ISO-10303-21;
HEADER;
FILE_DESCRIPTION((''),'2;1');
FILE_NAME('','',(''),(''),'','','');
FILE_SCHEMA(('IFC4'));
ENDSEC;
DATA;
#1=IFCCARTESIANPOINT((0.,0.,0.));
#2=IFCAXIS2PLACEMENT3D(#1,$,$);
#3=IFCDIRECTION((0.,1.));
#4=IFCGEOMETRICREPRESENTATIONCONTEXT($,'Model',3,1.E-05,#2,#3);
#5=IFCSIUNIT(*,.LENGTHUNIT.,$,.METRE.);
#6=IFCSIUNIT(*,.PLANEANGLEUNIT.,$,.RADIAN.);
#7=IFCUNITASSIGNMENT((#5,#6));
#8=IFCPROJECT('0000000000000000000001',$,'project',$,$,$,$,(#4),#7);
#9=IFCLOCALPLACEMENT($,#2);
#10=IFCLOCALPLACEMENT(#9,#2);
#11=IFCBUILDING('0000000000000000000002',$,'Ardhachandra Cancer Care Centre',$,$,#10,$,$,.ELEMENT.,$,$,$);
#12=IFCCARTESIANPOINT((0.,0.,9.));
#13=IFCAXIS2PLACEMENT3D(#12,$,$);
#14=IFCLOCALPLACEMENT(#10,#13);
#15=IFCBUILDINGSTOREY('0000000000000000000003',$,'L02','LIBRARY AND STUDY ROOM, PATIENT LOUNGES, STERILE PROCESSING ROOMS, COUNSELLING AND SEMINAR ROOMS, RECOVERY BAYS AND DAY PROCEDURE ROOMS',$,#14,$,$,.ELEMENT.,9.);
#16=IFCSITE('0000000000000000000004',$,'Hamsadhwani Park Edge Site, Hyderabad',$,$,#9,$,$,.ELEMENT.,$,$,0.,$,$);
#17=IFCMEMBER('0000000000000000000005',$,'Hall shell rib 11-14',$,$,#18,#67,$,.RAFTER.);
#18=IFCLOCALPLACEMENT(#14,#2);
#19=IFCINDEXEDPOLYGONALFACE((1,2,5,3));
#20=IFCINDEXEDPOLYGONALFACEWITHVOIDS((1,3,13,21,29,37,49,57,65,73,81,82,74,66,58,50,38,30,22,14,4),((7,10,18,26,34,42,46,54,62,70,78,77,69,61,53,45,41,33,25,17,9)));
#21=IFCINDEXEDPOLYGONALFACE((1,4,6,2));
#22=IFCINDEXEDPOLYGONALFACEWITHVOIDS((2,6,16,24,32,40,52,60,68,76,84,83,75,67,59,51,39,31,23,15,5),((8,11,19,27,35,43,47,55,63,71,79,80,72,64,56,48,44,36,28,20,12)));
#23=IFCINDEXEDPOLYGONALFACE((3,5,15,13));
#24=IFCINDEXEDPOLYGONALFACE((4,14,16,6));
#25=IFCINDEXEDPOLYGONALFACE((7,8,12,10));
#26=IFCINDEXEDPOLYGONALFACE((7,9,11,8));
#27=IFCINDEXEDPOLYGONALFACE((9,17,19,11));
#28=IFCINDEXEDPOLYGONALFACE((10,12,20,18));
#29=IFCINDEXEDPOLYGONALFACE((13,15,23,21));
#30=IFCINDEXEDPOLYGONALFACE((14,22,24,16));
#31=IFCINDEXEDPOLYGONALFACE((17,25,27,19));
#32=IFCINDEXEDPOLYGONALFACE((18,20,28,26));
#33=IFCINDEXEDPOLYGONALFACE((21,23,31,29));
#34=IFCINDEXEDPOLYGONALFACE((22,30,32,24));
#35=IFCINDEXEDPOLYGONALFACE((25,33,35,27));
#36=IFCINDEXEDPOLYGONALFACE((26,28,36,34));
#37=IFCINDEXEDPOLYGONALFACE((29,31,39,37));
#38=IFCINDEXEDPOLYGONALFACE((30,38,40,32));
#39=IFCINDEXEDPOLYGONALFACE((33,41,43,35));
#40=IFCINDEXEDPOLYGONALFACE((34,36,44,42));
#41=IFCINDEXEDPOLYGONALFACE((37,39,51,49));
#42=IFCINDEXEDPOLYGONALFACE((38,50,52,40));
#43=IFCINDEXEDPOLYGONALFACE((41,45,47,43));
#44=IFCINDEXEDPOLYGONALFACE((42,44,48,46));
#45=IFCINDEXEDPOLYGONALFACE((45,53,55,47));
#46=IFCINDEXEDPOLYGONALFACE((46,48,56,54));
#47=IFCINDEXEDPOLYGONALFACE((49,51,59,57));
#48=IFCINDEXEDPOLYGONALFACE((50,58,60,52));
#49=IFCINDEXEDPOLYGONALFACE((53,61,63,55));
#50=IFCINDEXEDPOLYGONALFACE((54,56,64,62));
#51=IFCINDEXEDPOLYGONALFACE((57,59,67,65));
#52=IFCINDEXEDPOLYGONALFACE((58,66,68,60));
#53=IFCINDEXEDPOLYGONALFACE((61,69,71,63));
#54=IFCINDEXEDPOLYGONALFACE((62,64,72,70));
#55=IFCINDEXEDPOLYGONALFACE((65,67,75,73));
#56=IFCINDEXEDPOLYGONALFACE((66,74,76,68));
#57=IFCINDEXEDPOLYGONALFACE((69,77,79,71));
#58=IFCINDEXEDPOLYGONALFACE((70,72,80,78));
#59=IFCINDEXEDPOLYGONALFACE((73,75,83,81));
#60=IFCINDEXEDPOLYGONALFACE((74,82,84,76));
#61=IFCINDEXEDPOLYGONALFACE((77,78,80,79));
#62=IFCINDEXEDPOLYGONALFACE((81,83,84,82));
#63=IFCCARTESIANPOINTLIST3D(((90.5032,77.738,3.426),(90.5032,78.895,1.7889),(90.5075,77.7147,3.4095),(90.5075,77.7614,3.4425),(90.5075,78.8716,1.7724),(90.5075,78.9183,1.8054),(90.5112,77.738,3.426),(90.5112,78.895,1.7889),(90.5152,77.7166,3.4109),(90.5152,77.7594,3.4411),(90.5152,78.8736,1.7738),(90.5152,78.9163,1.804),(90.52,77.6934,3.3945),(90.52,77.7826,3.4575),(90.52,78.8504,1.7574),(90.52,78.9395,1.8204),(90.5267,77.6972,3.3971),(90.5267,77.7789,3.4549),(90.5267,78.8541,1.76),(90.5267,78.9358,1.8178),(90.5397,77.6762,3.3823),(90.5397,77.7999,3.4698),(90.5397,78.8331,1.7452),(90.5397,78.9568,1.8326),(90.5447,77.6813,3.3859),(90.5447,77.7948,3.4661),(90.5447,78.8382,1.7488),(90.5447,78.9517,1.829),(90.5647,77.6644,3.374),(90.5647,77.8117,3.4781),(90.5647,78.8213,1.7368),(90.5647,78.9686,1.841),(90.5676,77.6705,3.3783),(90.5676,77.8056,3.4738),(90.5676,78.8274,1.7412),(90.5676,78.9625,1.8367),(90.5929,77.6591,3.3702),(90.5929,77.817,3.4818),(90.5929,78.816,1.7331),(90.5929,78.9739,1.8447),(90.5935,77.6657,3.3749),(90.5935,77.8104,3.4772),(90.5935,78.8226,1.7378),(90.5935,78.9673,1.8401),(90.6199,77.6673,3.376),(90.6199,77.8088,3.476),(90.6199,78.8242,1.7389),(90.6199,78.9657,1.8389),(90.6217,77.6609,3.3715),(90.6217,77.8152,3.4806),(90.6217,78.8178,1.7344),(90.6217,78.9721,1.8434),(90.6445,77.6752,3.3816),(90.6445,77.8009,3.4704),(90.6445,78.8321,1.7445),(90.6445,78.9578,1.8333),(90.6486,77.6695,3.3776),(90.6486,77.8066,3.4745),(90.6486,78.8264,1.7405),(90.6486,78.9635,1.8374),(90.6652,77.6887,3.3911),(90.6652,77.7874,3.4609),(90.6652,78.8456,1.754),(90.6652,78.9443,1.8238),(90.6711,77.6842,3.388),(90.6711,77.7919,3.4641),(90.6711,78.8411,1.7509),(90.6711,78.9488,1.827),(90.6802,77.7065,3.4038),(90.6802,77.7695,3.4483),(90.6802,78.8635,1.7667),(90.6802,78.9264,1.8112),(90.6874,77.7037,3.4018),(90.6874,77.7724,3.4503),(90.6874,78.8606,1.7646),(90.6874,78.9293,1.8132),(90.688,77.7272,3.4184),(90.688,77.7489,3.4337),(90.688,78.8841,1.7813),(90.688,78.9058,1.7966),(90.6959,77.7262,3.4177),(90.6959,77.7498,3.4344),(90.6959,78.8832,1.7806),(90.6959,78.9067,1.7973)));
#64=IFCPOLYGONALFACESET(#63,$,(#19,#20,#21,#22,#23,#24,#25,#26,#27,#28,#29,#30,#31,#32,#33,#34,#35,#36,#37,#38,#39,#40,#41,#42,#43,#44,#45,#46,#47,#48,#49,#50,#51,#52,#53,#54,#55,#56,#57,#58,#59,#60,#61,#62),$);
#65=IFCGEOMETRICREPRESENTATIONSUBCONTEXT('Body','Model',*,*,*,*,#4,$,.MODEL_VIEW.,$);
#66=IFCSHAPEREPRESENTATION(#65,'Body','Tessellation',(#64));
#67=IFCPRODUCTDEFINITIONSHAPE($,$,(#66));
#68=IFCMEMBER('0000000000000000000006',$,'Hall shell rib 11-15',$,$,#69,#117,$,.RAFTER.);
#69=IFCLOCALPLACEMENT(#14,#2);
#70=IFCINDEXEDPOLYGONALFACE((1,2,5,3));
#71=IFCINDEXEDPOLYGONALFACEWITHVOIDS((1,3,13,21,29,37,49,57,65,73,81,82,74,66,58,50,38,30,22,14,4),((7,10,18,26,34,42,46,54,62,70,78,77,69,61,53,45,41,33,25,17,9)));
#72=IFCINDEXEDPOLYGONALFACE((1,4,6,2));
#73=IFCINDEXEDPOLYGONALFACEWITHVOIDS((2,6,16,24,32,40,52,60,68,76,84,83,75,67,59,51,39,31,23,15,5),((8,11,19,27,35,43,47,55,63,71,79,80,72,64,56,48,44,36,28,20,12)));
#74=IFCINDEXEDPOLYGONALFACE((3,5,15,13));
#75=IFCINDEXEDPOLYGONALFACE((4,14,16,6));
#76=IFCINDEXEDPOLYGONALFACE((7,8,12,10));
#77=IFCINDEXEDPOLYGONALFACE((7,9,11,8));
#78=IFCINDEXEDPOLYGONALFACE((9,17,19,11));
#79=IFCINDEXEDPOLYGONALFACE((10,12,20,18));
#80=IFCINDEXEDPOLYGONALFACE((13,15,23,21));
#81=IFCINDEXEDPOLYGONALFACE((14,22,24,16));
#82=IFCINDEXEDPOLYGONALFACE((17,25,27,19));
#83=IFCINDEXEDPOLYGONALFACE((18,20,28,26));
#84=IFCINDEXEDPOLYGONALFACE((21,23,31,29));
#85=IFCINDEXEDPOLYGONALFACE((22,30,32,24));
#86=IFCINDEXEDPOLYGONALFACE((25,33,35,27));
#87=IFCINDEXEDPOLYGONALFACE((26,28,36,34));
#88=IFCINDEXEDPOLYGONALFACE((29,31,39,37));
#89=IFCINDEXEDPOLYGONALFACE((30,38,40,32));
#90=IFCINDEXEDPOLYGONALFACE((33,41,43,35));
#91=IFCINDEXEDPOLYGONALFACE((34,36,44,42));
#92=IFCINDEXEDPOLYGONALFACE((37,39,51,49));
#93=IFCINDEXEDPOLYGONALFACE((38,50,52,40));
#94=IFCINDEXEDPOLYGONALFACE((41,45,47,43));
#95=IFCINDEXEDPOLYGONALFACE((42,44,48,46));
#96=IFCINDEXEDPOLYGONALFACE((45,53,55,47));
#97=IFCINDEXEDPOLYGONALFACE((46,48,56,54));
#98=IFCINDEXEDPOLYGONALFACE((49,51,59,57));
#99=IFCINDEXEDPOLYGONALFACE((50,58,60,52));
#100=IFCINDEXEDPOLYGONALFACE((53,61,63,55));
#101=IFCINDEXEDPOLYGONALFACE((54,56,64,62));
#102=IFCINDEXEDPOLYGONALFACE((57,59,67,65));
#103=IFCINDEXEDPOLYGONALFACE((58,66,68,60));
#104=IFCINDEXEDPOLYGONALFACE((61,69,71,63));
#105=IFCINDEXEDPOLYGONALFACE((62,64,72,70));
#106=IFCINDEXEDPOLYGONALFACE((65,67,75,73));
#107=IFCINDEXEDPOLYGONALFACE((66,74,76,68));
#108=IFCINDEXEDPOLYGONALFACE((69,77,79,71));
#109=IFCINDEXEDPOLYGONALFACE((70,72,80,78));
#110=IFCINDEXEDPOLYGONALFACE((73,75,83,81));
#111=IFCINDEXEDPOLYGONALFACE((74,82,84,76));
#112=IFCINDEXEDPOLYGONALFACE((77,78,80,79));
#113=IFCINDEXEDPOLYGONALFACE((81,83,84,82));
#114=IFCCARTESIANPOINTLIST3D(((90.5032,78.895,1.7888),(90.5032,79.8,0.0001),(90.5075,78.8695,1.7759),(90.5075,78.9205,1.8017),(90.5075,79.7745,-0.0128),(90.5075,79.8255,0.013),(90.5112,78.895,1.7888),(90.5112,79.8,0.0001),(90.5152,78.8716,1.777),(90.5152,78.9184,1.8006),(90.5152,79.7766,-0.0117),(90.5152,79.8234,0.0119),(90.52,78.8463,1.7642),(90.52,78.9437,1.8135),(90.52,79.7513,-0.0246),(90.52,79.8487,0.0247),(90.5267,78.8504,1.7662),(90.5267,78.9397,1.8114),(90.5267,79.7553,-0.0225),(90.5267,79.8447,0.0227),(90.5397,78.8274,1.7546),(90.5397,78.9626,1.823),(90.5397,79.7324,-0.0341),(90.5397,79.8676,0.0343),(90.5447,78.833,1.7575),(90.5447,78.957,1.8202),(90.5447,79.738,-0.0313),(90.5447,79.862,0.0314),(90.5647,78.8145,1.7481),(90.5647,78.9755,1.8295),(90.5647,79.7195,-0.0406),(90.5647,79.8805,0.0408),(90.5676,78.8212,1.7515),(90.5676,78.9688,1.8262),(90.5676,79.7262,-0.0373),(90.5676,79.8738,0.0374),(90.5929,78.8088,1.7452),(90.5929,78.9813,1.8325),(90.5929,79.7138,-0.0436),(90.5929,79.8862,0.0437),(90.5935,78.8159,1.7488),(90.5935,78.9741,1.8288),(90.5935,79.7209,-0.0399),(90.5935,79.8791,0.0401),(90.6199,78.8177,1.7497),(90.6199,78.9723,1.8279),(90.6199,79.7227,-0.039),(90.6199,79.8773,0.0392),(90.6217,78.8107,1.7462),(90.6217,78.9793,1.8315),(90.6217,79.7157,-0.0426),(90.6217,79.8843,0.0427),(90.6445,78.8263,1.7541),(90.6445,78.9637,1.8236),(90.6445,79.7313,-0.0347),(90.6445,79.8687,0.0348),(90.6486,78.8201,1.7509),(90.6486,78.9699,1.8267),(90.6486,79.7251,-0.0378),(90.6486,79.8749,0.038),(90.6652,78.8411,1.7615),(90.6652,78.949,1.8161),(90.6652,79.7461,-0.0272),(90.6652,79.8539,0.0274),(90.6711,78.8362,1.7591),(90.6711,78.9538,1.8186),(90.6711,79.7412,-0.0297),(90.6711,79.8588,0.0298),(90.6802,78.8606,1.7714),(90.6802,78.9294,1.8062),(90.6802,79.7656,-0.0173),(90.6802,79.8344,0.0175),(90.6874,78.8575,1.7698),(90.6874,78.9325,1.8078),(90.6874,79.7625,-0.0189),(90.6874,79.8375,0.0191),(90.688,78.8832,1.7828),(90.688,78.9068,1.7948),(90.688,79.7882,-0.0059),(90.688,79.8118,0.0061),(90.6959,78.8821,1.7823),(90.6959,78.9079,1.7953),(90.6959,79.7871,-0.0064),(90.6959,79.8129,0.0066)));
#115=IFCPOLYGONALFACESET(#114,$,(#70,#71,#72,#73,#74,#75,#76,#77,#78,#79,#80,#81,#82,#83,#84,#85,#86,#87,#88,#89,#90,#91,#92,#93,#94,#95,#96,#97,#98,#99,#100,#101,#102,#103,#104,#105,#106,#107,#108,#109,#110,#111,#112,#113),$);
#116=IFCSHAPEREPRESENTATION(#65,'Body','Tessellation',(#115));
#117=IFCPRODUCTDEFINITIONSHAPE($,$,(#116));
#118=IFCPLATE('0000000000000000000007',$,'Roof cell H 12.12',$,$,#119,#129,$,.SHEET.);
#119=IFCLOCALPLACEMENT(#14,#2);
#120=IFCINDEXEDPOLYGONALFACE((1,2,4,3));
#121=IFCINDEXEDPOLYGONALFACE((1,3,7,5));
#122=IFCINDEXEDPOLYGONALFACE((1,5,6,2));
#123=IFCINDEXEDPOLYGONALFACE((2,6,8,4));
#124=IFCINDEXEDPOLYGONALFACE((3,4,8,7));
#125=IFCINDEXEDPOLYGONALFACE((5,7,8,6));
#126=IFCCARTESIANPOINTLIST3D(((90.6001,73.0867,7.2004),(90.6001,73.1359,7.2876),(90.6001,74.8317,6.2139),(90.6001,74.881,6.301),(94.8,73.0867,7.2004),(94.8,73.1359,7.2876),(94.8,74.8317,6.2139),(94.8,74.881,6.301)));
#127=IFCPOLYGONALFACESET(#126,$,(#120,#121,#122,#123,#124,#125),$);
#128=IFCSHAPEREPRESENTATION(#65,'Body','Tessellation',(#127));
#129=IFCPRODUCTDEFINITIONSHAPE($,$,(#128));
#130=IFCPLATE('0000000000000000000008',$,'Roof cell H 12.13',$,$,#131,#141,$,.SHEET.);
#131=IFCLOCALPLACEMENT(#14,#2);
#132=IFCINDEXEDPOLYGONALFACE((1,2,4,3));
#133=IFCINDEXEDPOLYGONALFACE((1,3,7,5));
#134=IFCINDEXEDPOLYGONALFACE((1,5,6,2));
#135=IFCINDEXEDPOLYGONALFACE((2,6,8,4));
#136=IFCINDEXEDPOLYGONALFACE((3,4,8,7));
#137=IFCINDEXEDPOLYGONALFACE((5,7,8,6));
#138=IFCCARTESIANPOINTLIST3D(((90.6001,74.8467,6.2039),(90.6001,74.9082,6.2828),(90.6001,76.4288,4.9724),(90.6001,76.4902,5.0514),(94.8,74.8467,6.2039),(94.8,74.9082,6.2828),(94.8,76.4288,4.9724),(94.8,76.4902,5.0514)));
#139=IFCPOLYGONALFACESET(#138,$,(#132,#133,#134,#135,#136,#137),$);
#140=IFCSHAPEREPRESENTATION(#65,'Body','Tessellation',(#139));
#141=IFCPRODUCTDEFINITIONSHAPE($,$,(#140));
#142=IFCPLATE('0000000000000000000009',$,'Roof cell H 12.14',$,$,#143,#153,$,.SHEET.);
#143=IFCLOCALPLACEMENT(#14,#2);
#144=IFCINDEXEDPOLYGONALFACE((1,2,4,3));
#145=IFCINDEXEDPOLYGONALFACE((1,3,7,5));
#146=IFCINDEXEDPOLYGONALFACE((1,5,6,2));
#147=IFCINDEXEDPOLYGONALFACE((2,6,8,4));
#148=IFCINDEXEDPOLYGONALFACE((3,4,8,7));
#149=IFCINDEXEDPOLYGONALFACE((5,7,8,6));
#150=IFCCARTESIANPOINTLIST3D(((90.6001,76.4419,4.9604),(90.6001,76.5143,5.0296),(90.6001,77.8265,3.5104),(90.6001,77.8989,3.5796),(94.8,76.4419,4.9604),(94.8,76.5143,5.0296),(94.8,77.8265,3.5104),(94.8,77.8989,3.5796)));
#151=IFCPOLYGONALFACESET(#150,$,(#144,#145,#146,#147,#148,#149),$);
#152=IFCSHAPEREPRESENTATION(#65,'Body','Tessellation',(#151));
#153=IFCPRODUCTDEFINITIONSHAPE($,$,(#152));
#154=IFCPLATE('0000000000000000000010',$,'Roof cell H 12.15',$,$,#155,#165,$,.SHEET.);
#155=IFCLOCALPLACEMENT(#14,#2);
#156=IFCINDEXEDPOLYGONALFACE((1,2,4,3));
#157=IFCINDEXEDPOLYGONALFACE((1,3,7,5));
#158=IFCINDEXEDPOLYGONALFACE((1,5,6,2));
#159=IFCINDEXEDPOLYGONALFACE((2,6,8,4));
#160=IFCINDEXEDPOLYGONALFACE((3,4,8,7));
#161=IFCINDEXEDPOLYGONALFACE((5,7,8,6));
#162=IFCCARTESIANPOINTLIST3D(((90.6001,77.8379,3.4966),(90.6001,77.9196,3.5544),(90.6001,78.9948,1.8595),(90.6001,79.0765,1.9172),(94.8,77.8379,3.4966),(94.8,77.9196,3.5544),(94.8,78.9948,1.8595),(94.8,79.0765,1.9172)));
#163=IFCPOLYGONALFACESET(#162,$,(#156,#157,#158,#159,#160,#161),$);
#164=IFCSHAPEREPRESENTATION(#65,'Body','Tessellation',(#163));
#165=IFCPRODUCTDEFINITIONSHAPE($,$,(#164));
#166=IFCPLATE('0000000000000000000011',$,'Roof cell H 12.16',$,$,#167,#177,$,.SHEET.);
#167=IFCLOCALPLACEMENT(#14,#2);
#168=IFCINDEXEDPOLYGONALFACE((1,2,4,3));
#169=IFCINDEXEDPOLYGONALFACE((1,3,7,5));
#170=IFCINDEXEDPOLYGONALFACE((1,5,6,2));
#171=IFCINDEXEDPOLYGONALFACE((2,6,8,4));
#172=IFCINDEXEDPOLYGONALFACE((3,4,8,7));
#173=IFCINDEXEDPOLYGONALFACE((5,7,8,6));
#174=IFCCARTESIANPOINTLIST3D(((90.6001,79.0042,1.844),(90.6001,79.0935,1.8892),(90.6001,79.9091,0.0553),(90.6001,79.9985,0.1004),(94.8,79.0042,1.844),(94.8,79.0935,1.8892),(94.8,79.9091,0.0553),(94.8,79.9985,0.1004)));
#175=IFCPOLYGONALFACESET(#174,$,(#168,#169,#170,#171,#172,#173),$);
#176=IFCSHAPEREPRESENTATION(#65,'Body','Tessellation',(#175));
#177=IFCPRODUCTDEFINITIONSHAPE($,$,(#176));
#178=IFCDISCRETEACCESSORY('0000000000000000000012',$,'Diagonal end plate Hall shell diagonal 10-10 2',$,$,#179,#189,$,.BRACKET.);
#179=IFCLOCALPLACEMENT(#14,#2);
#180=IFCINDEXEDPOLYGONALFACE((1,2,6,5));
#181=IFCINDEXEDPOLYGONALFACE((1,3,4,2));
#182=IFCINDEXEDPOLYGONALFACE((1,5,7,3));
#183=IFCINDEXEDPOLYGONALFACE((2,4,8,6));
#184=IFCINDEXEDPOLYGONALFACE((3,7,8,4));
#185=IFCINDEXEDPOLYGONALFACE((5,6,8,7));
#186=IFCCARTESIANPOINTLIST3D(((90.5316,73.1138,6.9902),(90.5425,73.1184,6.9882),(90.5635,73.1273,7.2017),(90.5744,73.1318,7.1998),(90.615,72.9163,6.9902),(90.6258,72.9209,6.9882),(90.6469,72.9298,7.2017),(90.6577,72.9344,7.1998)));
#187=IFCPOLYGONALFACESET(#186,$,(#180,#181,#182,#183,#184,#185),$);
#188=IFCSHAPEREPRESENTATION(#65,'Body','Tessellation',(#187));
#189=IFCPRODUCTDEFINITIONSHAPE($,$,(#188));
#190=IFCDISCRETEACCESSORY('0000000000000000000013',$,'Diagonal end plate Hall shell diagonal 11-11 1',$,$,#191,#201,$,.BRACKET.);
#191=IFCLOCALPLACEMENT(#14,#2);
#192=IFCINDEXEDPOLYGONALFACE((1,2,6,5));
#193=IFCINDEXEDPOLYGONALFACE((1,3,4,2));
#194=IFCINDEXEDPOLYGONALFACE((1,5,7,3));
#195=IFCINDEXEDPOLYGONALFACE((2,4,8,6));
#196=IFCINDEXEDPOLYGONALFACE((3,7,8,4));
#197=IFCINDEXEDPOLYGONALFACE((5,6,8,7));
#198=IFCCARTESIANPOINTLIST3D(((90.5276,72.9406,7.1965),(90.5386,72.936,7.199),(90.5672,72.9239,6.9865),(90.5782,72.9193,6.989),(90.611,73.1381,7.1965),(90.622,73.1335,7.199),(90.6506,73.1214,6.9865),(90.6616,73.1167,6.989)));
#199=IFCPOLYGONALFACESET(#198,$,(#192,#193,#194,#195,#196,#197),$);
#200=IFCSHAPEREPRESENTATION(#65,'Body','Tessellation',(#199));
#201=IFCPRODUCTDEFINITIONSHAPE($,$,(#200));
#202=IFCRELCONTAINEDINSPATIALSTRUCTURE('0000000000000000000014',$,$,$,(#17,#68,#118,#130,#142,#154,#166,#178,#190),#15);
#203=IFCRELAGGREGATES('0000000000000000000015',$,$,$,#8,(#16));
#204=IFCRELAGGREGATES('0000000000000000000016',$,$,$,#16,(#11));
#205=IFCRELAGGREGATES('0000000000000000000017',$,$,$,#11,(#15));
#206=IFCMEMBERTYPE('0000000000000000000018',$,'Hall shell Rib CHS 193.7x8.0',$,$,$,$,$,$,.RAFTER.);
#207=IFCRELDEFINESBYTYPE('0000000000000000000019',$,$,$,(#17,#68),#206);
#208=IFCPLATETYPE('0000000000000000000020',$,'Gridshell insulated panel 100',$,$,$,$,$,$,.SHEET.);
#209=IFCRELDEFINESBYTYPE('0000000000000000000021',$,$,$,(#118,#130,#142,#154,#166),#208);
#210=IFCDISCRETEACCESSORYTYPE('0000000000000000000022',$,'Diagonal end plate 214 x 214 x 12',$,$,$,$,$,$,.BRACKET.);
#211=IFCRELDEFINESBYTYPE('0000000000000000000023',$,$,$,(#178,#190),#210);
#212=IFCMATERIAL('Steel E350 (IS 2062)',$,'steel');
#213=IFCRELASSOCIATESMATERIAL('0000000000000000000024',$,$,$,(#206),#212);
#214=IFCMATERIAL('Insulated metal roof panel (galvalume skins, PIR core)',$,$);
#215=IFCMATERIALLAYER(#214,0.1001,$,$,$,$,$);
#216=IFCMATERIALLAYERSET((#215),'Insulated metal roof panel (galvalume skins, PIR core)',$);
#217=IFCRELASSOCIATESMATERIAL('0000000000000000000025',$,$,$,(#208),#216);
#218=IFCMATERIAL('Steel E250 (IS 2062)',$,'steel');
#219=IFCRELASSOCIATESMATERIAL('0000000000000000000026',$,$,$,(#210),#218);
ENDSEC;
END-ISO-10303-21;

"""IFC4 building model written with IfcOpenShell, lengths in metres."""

from ifc_helpers import new_model, si_unit, direction, frame, origin, origin_2d, place, context, subcontext, project, spatial, polyline, rectangle, hollow_circle, outline, extrude, material, layer, layer_set, material_profile, profile_set, type_object, element, save


model = new_model("IFC4")

# Units and contexts
model_context = context("Model", 3, precision=1e-05, world=origin(), true_north=direction((0.0, 1.0)))
body_context = subcontext(model_context, "Body", "Model", "MODEL_VIEW")
ifc_project = project(units=[si_unit("LENGTHUNIT", "METRE"), si_unit("PLANEANGLEUNIT", "RADIAN")], contexts=[model_context])

# Site, building, storey
site_placement = place(None, origin())
site = spatial("IfcSite", under=ifc_project, at=site_placement, Name="Hamsadhwani Park Edge Site, Hyderabad", CompositionType="ELEMENT", RefElevation=0.0)
building_placement = place(site_placement, origin())
building = spatial("IfcBuilding", under=site, at=building_placement, Name="Ardhachandra Cancer Care Centre", CompositionType="ELEMENT")
storey_placement = place(building_placement, frame((0.0, 0.0, 9.0)))
storey = spatial("IfcBuildingStorey", under=building, at=storey_placement, Name="L02", Description="LIBRARY AND STUDY ROOM, PATIENT LOUNGES, STERILE PROCESSING ROOMS, COUNSELLING AND SEMINAR ROOMS, RECOVERY BAYS AND DAY PROCEDURE ROOMS", CompositionType="ELEMENT", Elevation=9.0)

# Members
ifc_material_1 = material(Name="Steel E350 (IS 2062)", Category="steel")
ifc_material_profile_1 = material_profile(ifc_material_1, hollow_circle(Radius=0.0969, WallThickness=0.0081, at=origin_2d()), Name="CHS 193.7x8.0")
ifc_profile_set_1 = profile_set([ifc_material_profile_1], Name="Steel E350 (IS 2062)")
member_type_1 = type_object("IfcMemberType", Name="Hall shell Rib CHS 193.7x8.0", PredefinedType="RAFTER", material=ifc_profile_set_1)
for number, where, z_axis, x_axis, name in (
    (1, (90.6001, 77.738, 3.426), (0.0, 0.577118, -0.816661), (-1.0, 0.0, 0.0), "Hall shell rib 11-14"),
    (2, (90.6001, 78.895, 1.7888), (0.0, 0.451447, -0.892298), (-1.0, 0.0, 0.0), "Hall shell rib 11-15"),
):
    element("IfcMember", number, at=place(storey_placement, frame(where, z_axis=z_axis, x_axis=x_axis)), inside=storey, type_object=member_type_1, Name=name, PredefinedType="RAFTER", context=body_context, shape_type="SweptSolid", body=[
        extrude(hollow_circle(Radius=0.0969, WallThickness=0.0081, at=origin_2d()), origin(), (0.0, 0.0, 1.0), 2.0046),
    ])

# Plates
ifc_material_2 = material(Name="Insulated metal roof panel (galvalume skins, PIR core)")
ifc_layer = layer(ifc_material_2, 0.1001)
ifc_layer_set = layer_set([ifc_layer], Name="Insulated metal roof panel (galvalume skins, PIR core)")
plate_type = type_object("IfcPlateType", Name="Gridshell insulated panel 100", PredefinedType="SHEET", material=ifc_layer_set)
plate_placement = place(storey_placement, frame((90.6001, 73.0867, 7.2004), z_axis=(0.0, 0.492134, 0.87052), x_axis=(1.0, 0.0, 0.0)))
element("IfcPlate", 3, at=plate_placement, inside=storey, type_object=plate_type, Name="Roof cell H 12.12", PredefinedType="SHEET", context=body_context, shape_type="SweptSolid", body=[
    extrude(outline(polyline([(0.0, 0.0), (4.2, 0.0), (4.2, 2.0046), (0.0, 2.0046), (0.0, 0.0)])), origin(), (0.0, 0.0, 1.0), 0.1001),
])
for number, where, z_axis, x_axis, name in (
    (4, (90.6001, 74.8467, 6.2039), (0.0, 0.614244, 0.789116), (1.0, 0.0, 0.0), "Roof cell H 12.13"),
    (5, (90.6001, 76.4419, 4.9604), (0.0, 0.723237, 0.6906), (1.0, 0.0, 0.0), "Roof cell H 12.14"),
):
    element("IfcPlate", number, at=place(storey_placement, frame(where, z_axis=z_axis, x_axis=x_axis)), inside=storey, type_object=plate_type, Name=name, PredefinedType="SHEET", context=body_context, shape_type="SweptSolid", body=[
        extrude(outline(polyline([(0.0, 0.0), (4.2, 0.0), (4.2, 2.0049), (0.0, 2.0049), (0.0, 0.0)])), origin(), (0.0, 0.0, 1.0), 0.1001),
    ])
for number, where, z_axis, x_axis, name in (
    (6, (90.6001, 77.8379, 3.4966), (0.0, 0.816661, 0.577118), (1.0, 0.0, 0.0), "Roof cell H 12.15"),
    (7, (90.6001, 79.0042, 1.844), (0.0, 0.892298, 0.451447), (1.0, 0.0, 0.0), "Roof cell H 12.16"),
):
    element("IfcPlate", number, at=place(storey_placement, frame(where, z_axis=z_axis, x_axis=x_axis)), inside=storey, type_object=plate_type, Name=name, PredefinedType="SHEET", context=body_context, shape_type="SweptSolid", body=[
        extrude(outline(polyline([(0.0, 0.0), (4.2, 0.0), (4.2, 2.0046), (0.0, 2.0046), (0.0, 0.0)])), origin(), (0.0, 0.0, 1.0), 0.1001),
    ])

# Discrete accessories
ifc_material_3 = material(Name="Steel E250 (IS 2062)", Category="steel")
ifc_material_profile_2 = material_profile(ifc_material_3, rectangle(XDim=0.2144, YDim=0.2144, at=origin_2d()), Name="PL 214x214x12")
ifc_profile_set_2 = profile_set([ifc_material_profile_2], Name="Steel E250 (IS 2062)")
discrete_accessory_type = type_object("IfcDiscreteAccessoryType", Name="Diagonal end plate 214 x 214 x 12", PredefinedType="BRACKET", material=ifc_profile_set_2)
discrete_accessory_placement = place(storey_placement, frame((90.6001, 73.0264, 7.094), z_axis=(-0.909137, -0.383858, 0.161624), x_axis=(0.388972, -0.92125, 0.0)))
element("IfcDiscreteAccessory", 8, at=discrete_accessory_placement, inside=storey, type_object=discrete_accessory_type, Name="Diagonal end plate Hall shell diagonal 10-10 2", PredefinedType="BRACKET", context=body_context, shape_type="SweptSolid", body=[
    extrude(rectangle(XDim=0.2144, YDim=0.2144, at=origin_2d()), origin(), (0.0, 0.0, 1.0), 0.012),
])
for number, where, z_axis, x_axis, name in (
    (9, (90.6001, 73.0264, 7.094), (-0.902531, 0.381068, -0.200562), (-0.388972, -0.92125, 0.0), "Diagonal end plate Hall shell diagonal 11-11 1"),
):
    element("IfcDiscreteAccessory", number, at=place(storey_placement, frame(where, z_axis=z_axis, x_axis=x_axis)), inside=storey, type_object=discrete_accessory_type, Name=name, PredefinedType="BRACKET", context=body_context, shape_type="SweptSolid", body=[
        extrude(rectangle(XDim=0.2144, YDim=0.2144, at=origin_2d()), origin(), (0.0, 0.0, 1.0), 0.0122),
    ])

save(model, "model.ifc")
